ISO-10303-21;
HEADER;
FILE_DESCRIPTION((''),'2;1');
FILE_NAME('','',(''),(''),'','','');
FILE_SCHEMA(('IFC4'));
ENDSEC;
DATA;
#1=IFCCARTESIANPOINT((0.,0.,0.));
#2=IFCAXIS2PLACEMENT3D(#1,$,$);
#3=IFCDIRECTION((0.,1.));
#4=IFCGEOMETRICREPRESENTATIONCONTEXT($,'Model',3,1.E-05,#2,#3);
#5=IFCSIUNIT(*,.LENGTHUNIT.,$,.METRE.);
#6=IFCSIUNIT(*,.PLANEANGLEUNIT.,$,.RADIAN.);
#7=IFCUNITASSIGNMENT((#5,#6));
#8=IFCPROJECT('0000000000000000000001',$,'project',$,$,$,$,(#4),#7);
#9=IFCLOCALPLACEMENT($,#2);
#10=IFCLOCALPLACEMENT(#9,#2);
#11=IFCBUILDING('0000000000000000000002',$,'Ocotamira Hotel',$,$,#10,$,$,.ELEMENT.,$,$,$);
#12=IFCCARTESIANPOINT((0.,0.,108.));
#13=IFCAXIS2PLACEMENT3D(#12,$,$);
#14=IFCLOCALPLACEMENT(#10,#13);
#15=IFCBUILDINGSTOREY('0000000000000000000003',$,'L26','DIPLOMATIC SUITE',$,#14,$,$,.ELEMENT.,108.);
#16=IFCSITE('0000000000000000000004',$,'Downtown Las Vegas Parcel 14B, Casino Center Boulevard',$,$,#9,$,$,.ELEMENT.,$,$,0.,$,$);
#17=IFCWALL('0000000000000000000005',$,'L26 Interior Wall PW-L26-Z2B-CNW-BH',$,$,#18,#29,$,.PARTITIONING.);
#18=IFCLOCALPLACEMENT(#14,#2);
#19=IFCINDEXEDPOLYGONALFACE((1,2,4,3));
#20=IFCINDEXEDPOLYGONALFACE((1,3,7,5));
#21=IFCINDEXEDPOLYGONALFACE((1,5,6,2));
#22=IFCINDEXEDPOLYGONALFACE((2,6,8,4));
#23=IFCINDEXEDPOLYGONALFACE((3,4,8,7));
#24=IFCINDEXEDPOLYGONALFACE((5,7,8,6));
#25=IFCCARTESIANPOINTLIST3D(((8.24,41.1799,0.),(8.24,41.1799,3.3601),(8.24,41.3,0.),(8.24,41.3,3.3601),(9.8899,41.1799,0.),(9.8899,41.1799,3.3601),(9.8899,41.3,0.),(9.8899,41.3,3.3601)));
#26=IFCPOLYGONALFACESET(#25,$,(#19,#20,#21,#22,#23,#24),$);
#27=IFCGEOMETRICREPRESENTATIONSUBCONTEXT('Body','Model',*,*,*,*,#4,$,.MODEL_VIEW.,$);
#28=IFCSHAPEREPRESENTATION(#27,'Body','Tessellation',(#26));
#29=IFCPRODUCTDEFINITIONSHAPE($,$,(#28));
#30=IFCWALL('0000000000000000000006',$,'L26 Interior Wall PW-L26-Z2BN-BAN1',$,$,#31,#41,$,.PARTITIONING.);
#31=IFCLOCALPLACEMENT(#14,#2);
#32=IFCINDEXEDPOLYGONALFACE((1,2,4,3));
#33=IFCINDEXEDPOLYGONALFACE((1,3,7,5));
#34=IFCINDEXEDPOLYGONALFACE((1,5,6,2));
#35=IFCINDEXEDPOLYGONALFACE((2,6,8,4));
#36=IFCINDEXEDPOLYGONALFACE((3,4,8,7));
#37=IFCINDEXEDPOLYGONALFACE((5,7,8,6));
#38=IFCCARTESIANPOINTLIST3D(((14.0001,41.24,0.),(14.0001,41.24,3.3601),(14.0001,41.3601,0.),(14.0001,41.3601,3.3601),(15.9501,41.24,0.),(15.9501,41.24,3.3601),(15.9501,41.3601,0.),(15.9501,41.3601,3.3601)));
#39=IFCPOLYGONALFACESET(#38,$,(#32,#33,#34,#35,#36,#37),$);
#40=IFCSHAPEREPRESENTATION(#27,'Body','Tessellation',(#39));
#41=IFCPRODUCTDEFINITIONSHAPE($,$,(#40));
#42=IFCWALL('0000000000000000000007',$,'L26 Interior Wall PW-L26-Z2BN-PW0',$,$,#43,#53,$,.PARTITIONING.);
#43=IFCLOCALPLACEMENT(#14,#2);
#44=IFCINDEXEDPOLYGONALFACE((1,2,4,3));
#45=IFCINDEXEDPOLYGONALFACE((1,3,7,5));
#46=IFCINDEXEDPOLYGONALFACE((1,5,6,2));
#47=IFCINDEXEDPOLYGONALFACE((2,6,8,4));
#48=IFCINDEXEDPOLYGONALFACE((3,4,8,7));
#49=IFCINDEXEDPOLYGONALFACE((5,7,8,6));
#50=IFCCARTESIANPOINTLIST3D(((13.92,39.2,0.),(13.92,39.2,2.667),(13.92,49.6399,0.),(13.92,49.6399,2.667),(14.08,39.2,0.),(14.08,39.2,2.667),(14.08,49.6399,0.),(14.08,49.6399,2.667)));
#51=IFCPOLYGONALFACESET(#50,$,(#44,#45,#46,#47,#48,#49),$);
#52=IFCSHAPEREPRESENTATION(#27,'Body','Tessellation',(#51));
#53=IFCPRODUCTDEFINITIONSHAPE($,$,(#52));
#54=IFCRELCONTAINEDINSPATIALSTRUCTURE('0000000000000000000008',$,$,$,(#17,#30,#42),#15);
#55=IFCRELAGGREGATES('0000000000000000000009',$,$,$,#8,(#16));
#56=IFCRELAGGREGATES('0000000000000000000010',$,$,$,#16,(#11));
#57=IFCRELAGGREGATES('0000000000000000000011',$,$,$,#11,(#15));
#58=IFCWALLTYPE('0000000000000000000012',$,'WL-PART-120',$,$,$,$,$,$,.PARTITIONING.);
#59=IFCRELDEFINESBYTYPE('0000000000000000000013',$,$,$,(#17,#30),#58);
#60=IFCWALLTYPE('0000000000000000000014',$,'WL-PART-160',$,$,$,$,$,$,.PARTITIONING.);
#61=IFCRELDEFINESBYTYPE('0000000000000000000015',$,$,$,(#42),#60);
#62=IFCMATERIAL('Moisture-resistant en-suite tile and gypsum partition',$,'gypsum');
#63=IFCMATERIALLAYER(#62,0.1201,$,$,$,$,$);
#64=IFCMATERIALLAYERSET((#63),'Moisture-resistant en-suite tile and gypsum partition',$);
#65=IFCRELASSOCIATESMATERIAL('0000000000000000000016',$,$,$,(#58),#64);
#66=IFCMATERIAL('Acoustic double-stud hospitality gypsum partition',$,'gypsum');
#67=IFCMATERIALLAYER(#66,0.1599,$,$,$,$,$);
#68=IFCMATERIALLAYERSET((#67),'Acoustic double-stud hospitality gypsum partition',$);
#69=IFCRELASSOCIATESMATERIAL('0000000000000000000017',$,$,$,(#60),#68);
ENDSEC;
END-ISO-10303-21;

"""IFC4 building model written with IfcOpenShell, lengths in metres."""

from ifc_helpers import new_model, si_unit, direction, frame, frame_2d, origin, place, context, subcontext, project, spatial, rectangle, extrude, material, layer, layer_set, type_object, element, save


model = new_model("IFC4")

# Units and contexts
model_context = context("Model", 3, precision=1e-05, world=origin(), true_north=direction((0.0, 1.0)))
body_context = subcontext(model_context, "Body", "Model", "MODEL_VIEW")
ifc_project = project(units=[si_unit("LENGTHUNIT", "METRE"), si_unit("PLANEANGLEUNIT", "RADIAN")], contexts=[model_context])

# Site, building, storey
site_placement = place(None, origin())
site = spatial("IfcSite", under=ifc_project, at=site_placement, Name="Downtown Las Vegas Parcel 14B, Casino Center Boulevard", CompositionType="ELEMENT", RefElevation=0.0)
building_placement = place(site_placement, origin())
building = spatial("IfcBuilding", under=site, at=building_placement, Name="Ocotamira Hotel", CompositionType="ELEMENT")
storey_placement = place(building_placement, frame((0.0, 0.0, 108.0)))
storey = spatial("IfcBuildingStorey", under=building, at=storey_placement, Name="L26", Description="DIPLOMATIC SUITE", CompositionType="ELEMENT", Elevation=108.0)

# Shared definitions
ifc_material_1 = material(Name="Moisture-resistant en-suite tile and gypsum partition", Category="gypsum")
ifc_layer_1 = layer(ifc_material_1, 0.1201)
ifc_layer_set_1 = layer_set([ifc_layer_1], Name="Moisture-resistant en-suite tile and gypsum partition")
wall_type_1 = type_object("IfcWallType", Name="WL-PART-120", PredefinedType="PARTITIONING", material=ifc_layer_set_1)

# Walls
wall_1_placement = place(storey_placement, frame((8.24, 41.24, 0.0), z_axis=(0.0, 0.0, 1.0), x_axis=(1.0, 0.0, 0.0)))
element("IfcWall", 1, at=wall_1_placement, inside=storey, type_object=wall_type_1, Name="L26 Interior Wall PW-L26-Z2B-CNW-BH", PredefinedType="PARTITIONING", context=body_context, shape_type="SweptSolid", body=[
    extrude(rectangle(XDim=1.6499, YDim=0.1201, at=frame_2d((0.825, 0.0))), origin(), (0.0, 0.0, 1.0), 3.3601),
])
wall_2_placement = place(storey_placement, frame((14.0, 41.3, 0.0), z_axis=(0.0, 0.0, 1.0), x_axis=(1.0, 0.0, 0.0)))
element("IfcWall", 2, at=wall_2_placement, inside=storey, type_object=wall_type_1, Name="L26 Interior Wall PW-L26-Z2BN-BAN1", PredefinedType="PARTITIONING", context=body_context, shape_type="SweptSolid", body=[
    extrude(rectangle(XDim=1.95, YDim=0.1201, at=frame_2d((0.9751, 0.0))), origin(), (0.0, 0.0, 1.0), 3.3601),
])
ifc_material_2 = material(Name="Acoustic double-stud hospitality gypsum partition", Category="gypsum")
ifc_layer_2 = layer(ifc_material_2, 0.1599)
ifc_layer_set_2 = layer_set([ifc_layer_2], Name="Acoustic double-stud hospitality gypsum partition")
wall_type_2 = type_object("IfcWallType", Name="WL-PART-160", PredefinedType="PARTITIONING", material=ifc_layer_set_2)
wall_3_placement = place(storey_placement, frame((14.0, 39.2, 0.0), z_axis=(0.0, 0.0, 1.0), x_axis=(0.0, 1.0, 0.0)))
element("IfcWall", 3, at=wall_3_placement, inside=storey, type_object=wall_type_2, Name="L26 Interior Wall PW-L26-Z2BN-PW0", PredefinedType="PARTITIONING", context=body_context, shape_type="SweptSolid", body=[
    extrude(rectangle(XDim=10.4399, YDim=0.1599, at=frame_2d((5.22, 0.0))), origin(), (0.0, 0.0, 1.0), 2.667),
])

save(model, "model.ifc")
